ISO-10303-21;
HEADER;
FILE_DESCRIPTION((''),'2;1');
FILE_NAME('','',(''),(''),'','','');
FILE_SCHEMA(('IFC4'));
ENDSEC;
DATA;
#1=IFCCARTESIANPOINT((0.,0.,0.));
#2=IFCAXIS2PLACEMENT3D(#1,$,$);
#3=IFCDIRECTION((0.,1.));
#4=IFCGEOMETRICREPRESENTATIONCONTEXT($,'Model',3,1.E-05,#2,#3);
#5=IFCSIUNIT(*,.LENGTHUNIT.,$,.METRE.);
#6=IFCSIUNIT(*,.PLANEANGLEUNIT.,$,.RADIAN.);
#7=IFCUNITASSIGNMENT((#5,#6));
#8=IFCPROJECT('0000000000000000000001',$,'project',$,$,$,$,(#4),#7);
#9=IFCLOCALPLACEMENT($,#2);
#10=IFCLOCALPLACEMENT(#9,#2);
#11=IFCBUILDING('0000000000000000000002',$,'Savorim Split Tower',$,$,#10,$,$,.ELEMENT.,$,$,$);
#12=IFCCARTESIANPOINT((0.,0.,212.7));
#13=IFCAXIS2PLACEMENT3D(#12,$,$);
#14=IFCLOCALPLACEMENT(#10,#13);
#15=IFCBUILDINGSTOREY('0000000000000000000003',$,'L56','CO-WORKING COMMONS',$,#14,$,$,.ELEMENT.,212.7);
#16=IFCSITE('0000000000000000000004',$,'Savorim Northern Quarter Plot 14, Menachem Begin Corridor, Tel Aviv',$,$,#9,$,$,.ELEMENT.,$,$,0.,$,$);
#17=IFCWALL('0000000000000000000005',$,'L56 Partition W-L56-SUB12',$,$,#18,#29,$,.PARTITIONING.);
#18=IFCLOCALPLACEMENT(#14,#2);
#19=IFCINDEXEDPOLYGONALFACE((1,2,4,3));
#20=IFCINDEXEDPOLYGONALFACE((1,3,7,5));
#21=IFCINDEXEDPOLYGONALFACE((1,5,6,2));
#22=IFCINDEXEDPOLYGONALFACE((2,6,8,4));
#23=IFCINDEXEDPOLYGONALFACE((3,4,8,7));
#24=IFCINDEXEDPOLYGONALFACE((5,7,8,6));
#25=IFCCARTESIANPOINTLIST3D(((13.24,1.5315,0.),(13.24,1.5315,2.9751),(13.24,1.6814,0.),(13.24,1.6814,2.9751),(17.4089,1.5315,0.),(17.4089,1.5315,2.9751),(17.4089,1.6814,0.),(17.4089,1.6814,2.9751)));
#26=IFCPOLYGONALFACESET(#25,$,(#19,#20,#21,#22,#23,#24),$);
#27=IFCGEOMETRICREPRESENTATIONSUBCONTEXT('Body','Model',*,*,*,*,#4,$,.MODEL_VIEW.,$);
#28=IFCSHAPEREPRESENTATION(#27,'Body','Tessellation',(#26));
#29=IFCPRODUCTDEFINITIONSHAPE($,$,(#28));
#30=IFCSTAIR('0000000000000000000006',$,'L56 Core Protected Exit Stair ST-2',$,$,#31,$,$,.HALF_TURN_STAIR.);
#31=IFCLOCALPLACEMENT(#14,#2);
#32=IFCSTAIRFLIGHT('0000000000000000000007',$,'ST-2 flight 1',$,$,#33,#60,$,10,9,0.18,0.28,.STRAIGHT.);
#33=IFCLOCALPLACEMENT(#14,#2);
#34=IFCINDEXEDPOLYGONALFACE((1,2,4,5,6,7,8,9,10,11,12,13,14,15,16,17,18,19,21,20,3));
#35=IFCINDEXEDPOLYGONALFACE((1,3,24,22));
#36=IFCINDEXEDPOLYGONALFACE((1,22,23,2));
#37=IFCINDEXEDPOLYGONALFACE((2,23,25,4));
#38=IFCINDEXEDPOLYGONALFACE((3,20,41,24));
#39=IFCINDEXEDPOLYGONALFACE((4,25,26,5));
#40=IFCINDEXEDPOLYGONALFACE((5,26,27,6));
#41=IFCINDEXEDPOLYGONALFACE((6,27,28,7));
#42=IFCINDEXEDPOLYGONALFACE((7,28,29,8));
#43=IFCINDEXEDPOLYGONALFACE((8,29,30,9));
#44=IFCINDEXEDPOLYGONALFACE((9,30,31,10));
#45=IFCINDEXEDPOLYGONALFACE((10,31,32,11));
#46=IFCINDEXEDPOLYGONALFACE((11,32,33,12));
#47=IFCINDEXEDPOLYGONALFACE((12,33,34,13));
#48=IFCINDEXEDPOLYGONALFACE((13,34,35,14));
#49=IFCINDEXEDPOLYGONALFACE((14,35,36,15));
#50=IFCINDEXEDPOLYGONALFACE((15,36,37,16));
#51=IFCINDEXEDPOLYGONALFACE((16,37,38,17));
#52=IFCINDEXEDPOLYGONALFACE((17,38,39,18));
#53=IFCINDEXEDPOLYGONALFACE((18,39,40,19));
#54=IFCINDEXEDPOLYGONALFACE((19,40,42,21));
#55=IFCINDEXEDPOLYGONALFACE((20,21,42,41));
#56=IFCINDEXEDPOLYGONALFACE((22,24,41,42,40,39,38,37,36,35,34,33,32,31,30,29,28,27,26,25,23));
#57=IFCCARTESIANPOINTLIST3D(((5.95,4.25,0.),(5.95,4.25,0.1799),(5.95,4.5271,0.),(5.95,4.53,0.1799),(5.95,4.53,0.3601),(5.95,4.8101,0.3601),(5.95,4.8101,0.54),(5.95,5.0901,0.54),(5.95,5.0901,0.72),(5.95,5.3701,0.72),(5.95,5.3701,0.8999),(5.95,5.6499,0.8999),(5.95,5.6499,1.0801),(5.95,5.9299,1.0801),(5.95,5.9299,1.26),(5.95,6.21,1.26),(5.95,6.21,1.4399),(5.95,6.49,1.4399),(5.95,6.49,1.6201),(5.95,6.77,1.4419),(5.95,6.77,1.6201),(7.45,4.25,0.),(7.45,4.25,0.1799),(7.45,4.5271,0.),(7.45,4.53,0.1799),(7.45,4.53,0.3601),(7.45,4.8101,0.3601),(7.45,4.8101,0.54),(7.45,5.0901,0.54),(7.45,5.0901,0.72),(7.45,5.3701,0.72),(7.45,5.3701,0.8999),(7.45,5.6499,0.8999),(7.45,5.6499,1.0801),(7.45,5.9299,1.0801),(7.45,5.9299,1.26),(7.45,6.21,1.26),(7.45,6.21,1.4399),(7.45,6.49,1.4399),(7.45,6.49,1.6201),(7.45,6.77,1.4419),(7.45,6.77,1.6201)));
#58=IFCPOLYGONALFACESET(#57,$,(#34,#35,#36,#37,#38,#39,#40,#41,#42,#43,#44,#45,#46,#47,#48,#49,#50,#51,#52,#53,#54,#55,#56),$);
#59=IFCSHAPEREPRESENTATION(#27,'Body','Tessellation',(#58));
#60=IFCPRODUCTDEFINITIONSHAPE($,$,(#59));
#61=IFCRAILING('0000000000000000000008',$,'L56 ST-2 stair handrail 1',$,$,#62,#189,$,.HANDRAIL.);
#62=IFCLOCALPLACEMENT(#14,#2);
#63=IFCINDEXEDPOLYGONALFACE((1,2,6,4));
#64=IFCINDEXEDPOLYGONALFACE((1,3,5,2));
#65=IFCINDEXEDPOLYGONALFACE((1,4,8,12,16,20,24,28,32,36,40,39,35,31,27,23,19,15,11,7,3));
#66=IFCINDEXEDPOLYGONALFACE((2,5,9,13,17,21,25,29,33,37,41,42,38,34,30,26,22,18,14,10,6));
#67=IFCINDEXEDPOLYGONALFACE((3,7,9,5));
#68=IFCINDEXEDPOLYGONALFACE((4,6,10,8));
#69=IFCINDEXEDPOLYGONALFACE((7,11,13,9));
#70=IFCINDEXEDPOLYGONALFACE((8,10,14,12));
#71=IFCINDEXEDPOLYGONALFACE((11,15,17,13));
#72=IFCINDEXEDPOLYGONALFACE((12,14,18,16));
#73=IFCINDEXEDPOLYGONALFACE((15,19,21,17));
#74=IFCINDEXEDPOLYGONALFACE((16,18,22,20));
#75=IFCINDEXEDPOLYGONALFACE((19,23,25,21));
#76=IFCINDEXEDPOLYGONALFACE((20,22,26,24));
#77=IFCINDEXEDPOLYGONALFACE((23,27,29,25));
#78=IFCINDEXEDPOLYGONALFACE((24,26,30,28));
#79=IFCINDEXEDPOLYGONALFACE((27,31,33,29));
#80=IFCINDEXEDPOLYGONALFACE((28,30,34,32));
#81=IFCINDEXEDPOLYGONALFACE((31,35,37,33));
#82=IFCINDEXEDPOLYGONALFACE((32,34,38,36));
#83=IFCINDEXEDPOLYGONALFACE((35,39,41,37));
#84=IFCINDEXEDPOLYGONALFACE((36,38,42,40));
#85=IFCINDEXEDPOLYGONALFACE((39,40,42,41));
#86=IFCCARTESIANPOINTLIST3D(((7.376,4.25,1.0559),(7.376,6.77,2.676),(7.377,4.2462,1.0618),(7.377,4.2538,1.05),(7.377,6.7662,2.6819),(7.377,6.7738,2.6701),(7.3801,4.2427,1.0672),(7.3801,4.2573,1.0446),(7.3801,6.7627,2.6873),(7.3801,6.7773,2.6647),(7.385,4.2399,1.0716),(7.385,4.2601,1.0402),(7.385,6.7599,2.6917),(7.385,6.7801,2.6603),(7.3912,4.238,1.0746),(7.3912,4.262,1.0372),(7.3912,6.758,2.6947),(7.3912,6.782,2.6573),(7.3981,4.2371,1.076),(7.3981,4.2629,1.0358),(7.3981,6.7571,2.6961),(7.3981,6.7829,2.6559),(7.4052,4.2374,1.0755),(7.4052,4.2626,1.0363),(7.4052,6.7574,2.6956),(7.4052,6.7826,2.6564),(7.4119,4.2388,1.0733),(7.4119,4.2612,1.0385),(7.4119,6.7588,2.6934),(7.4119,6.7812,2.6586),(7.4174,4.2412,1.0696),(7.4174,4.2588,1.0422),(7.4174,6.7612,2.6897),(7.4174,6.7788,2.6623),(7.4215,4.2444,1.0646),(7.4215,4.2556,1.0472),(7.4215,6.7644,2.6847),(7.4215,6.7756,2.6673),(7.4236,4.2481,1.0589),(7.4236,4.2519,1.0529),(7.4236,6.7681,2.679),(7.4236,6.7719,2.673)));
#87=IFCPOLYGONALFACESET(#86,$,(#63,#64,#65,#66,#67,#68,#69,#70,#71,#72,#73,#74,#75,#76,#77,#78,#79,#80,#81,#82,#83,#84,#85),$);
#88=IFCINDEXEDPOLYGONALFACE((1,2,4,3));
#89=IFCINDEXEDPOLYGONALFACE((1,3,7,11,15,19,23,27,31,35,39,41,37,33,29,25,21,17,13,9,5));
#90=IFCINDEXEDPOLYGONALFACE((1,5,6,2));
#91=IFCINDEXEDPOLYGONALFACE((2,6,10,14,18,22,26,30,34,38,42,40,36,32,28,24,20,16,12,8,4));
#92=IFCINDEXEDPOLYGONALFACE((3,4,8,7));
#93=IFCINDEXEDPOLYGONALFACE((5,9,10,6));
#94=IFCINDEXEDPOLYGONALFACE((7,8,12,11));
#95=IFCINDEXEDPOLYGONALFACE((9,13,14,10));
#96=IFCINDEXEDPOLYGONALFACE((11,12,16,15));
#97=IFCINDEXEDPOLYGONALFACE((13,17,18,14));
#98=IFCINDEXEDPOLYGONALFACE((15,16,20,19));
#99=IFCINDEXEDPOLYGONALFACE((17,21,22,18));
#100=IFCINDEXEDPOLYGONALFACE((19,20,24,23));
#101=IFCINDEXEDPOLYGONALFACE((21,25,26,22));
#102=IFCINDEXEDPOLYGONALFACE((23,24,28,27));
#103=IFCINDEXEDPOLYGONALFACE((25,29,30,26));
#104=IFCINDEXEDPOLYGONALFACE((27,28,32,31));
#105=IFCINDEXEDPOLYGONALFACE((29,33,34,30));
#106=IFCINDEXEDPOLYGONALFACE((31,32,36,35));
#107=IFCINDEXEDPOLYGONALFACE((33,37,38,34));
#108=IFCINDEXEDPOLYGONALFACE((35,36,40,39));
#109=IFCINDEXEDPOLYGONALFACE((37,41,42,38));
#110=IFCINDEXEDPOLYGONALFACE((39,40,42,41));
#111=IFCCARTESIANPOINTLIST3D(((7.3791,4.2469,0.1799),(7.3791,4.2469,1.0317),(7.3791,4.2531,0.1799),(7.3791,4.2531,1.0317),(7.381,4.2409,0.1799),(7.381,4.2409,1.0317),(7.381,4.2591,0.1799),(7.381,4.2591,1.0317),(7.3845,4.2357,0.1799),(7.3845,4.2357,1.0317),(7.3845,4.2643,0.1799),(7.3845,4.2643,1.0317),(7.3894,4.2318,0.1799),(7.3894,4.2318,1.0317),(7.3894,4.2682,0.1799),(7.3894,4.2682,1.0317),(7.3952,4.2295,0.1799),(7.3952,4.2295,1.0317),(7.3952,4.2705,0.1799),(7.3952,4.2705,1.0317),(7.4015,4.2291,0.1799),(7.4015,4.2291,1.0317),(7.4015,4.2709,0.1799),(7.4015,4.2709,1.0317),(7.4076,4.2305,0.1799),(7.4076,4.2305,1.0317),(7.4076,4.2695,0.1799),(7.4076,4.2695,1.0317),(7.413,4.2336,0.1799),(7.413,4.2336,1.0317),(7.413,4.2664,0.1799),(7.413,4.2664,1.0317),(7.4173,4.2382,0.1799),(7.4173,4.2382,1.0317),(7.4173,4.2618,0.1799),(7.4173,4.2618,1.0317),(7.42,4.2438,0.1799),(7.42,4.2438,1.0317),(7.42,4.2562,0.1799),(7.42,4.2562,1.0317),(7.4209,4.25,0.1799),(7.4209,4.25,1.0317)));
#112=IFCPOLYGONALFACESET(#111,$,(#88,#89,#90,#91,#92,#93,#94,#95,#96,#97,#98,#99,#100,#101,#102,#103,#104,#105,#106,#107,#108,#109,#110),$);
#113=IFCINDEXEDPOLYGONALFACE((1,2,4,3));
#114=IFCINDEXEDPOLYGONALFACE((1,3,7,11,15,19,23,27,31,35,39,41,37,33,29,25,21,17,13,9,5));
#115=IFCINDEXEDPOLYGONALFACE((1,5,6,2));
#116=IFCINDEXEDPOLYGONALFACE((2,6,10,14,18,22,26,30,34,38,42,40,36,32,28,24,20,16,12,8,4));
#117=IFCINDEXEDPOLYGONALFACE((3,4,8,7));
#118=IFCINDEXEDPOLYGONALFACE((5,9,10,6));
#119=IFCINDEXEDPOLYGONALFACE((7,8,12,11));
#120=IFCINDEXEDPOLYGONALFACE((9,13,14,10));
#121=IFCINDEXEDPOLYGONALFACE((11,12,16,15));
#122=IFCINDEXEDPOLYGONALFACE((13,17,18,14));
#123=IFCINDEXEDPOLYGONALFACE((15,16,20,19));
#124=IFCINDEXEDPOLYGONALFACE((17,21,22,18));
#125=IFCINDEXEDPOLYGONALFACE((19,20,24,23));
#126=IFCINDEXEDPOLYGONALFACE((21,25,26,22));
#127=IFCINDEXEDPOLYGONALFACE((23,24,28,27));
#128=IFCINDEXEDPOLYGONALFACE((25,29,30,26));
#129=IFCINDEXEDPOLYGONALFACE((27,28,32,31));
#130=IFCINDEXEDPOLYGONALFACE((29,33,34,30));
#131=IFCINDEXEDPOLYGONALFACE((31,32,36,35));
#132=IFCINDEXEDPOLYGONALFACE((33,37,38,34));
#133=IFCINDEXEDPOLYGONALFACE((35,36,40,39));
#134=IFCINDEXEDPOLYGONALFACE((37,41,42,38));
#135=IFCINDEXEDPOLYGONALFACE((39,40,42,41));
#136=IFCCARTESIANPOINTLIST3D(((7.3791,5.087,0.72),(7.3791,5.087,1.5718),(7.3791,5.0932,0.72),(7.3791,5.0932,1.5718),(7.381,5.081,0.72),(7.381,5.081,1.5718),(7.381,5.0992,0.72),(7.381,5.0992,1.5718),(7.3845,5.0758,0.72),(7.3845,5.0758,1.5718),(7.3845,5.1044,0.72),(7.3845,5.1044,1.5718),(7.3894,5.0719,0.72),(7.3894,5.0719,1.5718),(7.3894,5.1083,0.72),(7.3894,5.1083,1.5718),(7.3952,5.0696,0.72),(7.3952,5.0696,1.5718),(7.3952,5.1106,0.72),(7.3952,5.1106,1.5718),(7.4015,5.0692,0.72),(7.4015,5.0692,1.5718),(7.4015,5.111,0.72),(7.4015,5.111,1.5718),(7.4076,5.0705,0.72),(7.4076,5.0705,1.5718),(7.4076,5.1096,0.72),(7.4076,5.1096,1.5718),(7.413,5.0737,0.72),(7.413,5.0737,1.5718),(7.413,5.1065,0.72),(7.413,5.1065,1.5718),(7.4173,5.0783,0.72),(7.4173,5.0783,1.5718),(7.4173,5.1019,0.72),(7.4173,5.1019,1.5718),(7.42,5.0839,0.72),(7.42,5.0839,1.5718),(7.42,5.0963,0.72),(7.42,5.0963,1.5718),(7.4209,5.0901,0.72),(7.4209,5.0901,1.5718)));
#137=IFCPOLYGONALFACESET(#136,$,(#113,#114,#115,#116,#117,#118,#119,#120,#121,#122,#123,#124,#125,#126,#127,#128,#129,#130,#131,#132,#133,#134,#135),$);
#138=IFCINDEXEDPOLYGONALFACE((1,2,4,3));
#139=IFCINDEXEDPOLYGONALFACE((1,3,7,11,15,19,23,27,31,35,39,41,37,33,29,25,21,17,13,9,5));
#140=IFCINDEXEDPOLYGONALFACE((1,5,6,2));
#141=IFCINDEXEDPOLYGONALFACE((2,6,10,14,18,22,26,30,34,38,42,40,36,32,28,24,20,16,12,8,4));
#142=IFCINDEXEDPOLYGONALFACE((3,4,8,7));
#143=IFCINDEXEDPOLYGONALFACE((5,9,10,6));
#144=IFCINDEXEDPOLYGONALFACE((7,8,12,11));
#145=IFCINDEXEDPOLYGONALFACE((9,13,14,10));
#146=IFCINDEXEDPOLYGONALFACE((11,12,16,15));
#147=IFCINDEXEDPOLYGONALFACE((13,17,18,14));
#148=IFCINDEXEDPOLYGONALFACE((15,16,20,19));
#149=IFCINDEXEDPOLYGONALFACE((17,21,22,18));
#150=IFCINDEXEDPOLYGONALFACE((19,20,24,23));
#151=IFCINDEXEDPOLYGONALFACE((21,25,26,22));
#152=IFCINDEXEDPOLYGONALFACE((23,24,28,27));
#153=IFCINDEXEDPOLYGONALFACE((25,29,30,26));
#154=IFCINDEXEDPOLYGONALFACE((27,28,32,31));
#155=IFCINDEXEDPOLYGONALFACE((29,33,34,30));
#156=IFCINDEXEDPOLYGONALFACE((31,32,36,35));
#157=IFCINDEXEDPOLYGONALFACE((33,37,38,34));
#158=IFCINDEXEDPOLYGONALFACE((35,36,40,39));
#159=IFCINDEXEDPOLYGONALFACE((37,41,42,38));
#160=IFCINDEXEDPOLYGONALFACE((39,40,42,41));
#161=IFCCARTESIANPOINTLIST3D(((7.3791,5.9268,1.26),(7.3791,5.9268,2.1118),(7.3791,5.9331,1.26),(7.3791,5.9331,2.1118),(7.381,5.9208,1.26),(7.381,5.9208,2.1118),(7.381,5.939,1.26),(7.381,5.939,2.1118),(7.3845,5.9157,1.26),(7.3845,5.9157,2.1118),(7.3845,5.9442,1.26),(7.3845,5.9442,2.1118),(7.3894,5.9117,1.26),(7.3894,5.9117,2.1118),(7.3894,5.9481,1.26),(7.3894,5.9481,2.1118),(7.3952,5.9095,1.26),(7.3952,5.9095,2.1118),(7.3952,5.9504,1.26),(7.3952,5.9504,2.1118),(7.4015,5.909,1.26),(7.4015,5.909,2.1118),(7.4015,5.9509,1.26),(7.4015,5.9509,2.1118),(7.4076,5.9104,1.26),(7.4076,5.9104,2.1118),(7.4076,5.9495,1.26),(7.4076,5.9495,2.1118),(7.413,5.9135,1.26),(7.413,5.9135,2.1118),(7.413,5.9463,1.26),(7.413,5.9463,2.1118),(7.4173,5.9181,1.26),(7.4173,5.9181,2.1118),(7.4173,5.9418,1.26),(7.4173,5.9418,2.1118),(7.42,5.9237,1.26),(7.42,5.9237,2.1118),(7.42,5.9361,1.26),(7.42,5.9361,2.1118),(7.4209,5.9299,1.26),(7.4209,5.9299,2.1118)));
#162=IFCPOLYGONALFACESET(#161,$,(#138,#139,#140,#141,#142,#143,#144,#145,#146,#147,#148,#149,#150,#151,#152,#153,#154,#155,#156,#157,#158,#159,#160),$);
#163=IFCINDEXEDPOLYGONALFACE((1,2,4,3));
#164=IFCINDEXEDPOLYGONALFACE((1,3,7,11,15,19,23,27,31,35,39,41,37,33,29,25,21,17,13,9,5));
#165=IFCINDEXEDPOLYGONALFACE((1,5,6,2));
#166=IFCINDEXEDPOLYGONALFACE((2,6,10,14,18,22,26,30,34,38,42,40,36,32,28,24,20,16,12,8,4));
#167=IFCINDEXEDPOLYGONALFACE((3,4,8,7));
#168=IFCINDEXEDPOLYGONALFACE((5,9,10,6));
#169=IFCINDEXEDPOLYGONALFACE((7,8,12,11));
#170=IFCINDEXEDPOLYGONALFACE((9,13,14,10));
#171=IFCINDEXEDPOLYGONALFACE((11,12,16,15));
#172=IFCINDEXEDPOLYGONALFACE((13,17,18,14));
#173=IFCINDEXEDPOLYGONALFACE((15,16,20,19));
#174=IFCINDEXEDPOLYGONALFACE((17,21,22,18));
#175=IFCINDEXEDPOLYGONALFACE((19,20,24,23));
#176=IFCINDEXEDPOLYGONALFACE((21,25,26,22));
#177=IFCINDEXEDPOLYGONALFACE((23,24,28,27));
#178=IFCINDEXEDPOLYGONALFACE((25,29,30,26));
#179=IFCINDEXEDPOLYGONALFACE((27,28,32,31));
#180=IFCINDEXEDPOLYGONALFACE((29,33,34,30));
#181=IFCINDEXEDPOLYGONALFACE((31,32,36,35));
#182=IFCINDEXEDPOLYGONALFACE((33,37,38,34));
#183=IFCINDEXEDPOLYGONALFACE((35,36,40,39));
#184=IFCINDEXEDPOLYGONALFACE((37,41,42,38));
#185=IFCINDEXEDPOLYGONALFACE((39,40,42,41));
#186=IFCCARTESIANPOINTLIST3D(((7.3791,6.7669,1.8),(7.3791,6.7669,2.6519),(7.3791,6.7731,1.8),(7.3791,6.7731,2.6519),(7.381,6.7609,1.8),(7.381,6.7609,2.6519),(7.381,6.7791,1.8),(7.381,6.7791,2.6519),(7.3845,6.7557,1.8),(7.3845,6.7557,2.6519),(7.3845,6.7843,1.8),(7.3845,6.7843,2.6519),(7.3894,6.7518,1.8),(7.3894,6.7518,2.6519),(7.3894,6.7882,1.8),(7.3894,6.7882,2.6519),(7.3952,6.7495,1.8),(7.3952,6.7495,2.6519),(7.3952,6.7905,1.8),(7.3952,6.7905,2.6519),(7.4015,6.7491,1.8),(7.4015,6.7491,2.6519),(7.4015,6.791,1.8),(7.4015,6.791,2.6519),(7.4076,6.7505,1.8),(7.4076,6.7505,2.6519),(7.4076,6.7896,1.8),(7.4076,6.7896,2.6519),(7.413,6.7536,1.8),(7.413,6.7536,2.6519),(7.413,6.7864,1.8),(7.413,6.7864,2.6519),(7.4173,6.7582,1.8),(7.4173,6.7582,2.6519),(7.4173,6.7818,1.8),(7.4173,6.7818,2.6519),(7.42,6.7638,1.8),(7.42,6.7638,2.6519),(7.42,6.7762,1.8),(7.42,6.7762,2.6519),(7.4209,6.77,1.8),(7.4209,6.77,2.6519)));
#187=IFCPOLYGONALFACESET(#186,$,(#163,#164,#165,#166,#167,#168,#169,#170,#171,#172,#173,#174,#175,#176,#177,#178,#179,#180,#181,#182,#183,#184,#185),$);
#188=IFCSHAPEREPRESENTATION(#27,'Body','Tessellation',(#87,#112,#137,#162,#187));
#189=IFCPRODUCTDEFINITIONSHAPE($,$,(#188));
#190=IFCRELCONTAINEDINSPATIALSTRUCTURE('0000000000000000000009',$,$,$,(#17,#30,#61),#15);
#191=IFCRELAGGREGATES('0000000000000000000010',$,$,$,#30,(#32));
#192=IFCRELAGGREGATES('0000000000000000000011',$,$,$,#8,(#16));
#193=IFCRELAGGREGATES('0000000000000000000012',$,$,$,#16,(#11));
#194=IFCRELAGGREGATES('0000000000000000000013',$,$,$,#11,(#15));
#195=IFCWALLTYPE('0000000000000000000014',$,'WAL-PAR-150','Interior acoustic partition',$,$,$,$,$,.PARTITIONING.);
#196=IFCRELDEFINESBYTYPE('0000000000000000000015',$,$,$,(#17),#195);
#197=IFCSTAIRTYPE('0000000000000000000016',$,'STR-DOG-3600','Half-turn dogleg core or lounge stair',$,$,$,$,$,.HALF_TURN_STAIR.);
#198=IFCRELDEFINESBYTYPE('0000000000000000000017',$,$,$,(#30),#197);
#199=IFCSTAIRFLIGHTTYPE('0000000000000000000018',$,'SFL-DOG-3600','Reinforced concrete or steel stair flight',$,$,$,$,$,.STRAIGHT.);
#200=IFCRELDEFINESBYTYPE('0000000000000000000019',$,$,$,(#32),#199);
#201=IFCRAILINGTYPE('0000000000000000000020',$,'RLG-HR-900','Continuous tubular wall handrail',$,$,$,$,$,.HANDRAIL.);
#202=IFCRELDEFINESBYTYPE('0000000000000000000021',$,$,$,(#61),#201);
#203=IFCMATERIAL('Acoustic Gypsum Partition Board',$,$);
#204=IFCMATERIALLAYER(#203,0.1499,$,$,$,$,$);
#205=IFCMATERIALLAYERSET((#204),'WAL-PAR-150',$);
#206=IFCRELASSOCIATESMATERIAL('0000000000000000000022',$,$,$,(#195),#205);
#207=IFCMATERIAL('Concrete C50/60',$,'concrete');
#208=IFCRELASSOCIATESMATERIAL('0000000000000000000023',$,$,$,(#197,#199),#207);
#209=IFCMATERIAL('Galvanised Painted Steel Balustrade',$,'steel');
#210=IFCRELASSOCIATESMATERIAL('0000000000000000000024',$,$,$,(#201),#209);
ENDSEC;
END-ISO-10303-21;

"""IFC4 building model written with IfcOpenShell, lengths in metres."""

from ifc_helpers import new_model, si_unit, direction, frame, frame_2d, origin, origin_2d, place, context, subcontext, project, spatial, polyline, rectangle, circle, outline, extrude, material, layer, layer_set, type_object, element, aggregate, save


model = new_model("IFC4")

# Units and contexts
model_context = context("Model", 3, precision=1e-05, world=origin(), true_north=direction((0.0, 1.0)))
body_context = subcontext(model_context, "Body", "Model", "MODEL_VIEW")
ifc_project = project(units=[si_unit("LENGTHUNIT", "METRE"), si_unit("PLANEANGLEUNIT", "RADIAN")], contexts=[model_context])

# Site, building, storey
site_placement = place(None, origin())
site = spatial("IfcSite", under=ifc_project, at=site_placement, Name="Savorim Northern Quarter Plot 14, Menachem Begin Corridor, Tel Aviv", CompositionType="ELEMENT", RefElevation=0.0)
building_placement = place(site_placement, origin())
building = spatial("IfcBuilding", under=site, at=building_placement, Name="Savorim Split Tower", CompositionType="ELEMENT")
storey_placement = place(building_placement, frame((0.0, 0.0, 212.7)))
storey = spatial("IfcBuildingStorey", under=building, at=storey_placement, Name="L56", Description="CO-WORKING COMMONS", CompositionType="ELEMENT", Elevation=212.7)

# Shared definitions
ifc_material_1 = material(Name="Concrete C50/60", Category="concrete")

# Wall
ifc_material_2 = material(Name="Acoustic Gypsum Partition Board")
ifc_layer_1 = layer(ifc_material_2, 0.1499)
ifc_layer_set_1 = layer_set([ifc_layer_1], Name="WAL-PAR-150")
wall_type_1 = type_object("IfcWallType", Name="WAL-PAR-150", Description="Interior acoustic partition", PredefinedType="PARTITIONING", material=ifc_layer_set_1)
wall_1_placement = place(storey_placement, frame((13.24, 1.6064, 0.0), z_axis=(0.0, 0.0, 1.0), x_axis=(1.0, 0.0, 0.0)))
element("IfcWall", 1, at=wall_1_placement, inside=storey, type_object=wall_type_1, Name="L56 Partition W-L56-SUB12", PredefinedType="PARTITIONING", context=body_context, shape_type="SweptSolid", body=[
    extrude(rectangle(XDim=4.1689, YDim=0.1499, at=frame_2d((2.0845, 0.0))), origin(), (0.0, 0.0, 1.0), 2.9751),
])

# Stair, stair flight
stair_type = type_object("IfcStairType", Name="STR-DOG-3600", Description="Half-turn dogleg core or lounge stair", PredefinedType="HALF_TURN_STAIR", material=ifc_material_1)
stair_placement = place(storey_placement, origin())
stair = element("IfcStair", 2, at=stair_placement, inside=storey, type_object=stair_type, Name="L56 Core Protected Exit Stair ST-2", PredefinedType="HALF_TURN_STAIR")
stair_flight_type = type_object("IfcStairFlightType", Name="SFL-DOG-3600", Description="Reinforced concrete or steel stair flight", PredefinedType="STRAIGHT", material=ifc_material_1)
stair_flight_placement = place(storey_placement, frame((6.7, 4.25, 0.0), z_axis=(0.0, 0.0, 1.0), x_axis=(0.0, 1.0, 0.0)))
stair_flight = element("IfcStairFlight", 3, at=stair_flight_placement, type_object=stair_flight_type, Name="ST-2 flight 1", NumberOfRisers=10, NumberOfTreads=9, PredefinedType="STRAIGHT", RiserHeight=0.18, TreadLength=0.28, context=body_context, shape_type="SweptSolid", body=[
    extrude(outline(polyline([(0.0, 0.0), (0.0, 0.1799), (0.28, 0.1799), (0.28, 0.3601), (0.5601, 0.3601), (0.5601, 0.54), (0.8401, 0.54), (0.8401, 0.72), (1.1201, 0.72), (1.1201, 0.8999), (1.3999, 0.8999), (1.3999, 1.0801), (1.6799, 1.0801), (1.6799, 1.26), (1.96, 1.26), (1.96, 1.4399), (2.24, 1.4399), (2.24, 1.6201), (2.52, 1.6201), (2.52, 1.8), (2.52, 1.4419), (0.2771, 0.0), (0.0, 0.0)])), frame((0.0, 0.75, 0.0), z_axis=(0.0, -1.0, 0.0), x_axis=(1.0, 0.0, 0.0)), (0.0, 0.0, 1.0), 1.5),
])
aggregate(stair, [stair_flight])

# Railing
ifc_material_3 = material(Name="Galvanised Painted Steel Balustrade", Category="steel")
railing_type_1 = type_object("IfcRailingType", Name="RLG-HR-900", Description="Continuous tubular wall handrail", PredefinedType="HANDRAIL", material=ifc_material_3)
railing_1_placement = place(storey_placement, frame((7.3999, 4.25, 0.1799)))
element("IfcRailing", 4, at=railing_1_placement, inside=storey, type_object=railing_type_1, Name="L56 ST-2 stair handrail 1", PredefinedType="HANDRAIL", context=body_context, shape_type="SweptSolid", body=[
    extrude(circle(Radius=0.0239, at=origin_2d()), frame((0.0, 0.0, 0.876), z_axis=(0.0, 0.841163, 0.540782), x_axis=(-1.0, 0.0, 0.0)), (0.0, 0.0, 1.0), 2.9958),
    extrude(circle(Radius=0.021, at=origin_2d()), origin(), (0.0, 0.0, 1.0), 0.8518),
    extrude(circle(Radius=0.021, at=origin_2d()), frame((0.0, 0.8401, 0.54)), (0.0, 0.0, 1.0), 0.8518),
    extrude(circle(Radius=0.021, at=origin_2d()), frame((0.0, 1.6799, 1.0801)), (0.0, 0.0, 1.0), 0.8518),
    extrude(circle(Radius=0.021, at=origin_2d()), frame((0.0, 2.52, 1.6201)), (0.0, 0.0, 1.0), 0.8518),
])

save(model, "model.ifc")
